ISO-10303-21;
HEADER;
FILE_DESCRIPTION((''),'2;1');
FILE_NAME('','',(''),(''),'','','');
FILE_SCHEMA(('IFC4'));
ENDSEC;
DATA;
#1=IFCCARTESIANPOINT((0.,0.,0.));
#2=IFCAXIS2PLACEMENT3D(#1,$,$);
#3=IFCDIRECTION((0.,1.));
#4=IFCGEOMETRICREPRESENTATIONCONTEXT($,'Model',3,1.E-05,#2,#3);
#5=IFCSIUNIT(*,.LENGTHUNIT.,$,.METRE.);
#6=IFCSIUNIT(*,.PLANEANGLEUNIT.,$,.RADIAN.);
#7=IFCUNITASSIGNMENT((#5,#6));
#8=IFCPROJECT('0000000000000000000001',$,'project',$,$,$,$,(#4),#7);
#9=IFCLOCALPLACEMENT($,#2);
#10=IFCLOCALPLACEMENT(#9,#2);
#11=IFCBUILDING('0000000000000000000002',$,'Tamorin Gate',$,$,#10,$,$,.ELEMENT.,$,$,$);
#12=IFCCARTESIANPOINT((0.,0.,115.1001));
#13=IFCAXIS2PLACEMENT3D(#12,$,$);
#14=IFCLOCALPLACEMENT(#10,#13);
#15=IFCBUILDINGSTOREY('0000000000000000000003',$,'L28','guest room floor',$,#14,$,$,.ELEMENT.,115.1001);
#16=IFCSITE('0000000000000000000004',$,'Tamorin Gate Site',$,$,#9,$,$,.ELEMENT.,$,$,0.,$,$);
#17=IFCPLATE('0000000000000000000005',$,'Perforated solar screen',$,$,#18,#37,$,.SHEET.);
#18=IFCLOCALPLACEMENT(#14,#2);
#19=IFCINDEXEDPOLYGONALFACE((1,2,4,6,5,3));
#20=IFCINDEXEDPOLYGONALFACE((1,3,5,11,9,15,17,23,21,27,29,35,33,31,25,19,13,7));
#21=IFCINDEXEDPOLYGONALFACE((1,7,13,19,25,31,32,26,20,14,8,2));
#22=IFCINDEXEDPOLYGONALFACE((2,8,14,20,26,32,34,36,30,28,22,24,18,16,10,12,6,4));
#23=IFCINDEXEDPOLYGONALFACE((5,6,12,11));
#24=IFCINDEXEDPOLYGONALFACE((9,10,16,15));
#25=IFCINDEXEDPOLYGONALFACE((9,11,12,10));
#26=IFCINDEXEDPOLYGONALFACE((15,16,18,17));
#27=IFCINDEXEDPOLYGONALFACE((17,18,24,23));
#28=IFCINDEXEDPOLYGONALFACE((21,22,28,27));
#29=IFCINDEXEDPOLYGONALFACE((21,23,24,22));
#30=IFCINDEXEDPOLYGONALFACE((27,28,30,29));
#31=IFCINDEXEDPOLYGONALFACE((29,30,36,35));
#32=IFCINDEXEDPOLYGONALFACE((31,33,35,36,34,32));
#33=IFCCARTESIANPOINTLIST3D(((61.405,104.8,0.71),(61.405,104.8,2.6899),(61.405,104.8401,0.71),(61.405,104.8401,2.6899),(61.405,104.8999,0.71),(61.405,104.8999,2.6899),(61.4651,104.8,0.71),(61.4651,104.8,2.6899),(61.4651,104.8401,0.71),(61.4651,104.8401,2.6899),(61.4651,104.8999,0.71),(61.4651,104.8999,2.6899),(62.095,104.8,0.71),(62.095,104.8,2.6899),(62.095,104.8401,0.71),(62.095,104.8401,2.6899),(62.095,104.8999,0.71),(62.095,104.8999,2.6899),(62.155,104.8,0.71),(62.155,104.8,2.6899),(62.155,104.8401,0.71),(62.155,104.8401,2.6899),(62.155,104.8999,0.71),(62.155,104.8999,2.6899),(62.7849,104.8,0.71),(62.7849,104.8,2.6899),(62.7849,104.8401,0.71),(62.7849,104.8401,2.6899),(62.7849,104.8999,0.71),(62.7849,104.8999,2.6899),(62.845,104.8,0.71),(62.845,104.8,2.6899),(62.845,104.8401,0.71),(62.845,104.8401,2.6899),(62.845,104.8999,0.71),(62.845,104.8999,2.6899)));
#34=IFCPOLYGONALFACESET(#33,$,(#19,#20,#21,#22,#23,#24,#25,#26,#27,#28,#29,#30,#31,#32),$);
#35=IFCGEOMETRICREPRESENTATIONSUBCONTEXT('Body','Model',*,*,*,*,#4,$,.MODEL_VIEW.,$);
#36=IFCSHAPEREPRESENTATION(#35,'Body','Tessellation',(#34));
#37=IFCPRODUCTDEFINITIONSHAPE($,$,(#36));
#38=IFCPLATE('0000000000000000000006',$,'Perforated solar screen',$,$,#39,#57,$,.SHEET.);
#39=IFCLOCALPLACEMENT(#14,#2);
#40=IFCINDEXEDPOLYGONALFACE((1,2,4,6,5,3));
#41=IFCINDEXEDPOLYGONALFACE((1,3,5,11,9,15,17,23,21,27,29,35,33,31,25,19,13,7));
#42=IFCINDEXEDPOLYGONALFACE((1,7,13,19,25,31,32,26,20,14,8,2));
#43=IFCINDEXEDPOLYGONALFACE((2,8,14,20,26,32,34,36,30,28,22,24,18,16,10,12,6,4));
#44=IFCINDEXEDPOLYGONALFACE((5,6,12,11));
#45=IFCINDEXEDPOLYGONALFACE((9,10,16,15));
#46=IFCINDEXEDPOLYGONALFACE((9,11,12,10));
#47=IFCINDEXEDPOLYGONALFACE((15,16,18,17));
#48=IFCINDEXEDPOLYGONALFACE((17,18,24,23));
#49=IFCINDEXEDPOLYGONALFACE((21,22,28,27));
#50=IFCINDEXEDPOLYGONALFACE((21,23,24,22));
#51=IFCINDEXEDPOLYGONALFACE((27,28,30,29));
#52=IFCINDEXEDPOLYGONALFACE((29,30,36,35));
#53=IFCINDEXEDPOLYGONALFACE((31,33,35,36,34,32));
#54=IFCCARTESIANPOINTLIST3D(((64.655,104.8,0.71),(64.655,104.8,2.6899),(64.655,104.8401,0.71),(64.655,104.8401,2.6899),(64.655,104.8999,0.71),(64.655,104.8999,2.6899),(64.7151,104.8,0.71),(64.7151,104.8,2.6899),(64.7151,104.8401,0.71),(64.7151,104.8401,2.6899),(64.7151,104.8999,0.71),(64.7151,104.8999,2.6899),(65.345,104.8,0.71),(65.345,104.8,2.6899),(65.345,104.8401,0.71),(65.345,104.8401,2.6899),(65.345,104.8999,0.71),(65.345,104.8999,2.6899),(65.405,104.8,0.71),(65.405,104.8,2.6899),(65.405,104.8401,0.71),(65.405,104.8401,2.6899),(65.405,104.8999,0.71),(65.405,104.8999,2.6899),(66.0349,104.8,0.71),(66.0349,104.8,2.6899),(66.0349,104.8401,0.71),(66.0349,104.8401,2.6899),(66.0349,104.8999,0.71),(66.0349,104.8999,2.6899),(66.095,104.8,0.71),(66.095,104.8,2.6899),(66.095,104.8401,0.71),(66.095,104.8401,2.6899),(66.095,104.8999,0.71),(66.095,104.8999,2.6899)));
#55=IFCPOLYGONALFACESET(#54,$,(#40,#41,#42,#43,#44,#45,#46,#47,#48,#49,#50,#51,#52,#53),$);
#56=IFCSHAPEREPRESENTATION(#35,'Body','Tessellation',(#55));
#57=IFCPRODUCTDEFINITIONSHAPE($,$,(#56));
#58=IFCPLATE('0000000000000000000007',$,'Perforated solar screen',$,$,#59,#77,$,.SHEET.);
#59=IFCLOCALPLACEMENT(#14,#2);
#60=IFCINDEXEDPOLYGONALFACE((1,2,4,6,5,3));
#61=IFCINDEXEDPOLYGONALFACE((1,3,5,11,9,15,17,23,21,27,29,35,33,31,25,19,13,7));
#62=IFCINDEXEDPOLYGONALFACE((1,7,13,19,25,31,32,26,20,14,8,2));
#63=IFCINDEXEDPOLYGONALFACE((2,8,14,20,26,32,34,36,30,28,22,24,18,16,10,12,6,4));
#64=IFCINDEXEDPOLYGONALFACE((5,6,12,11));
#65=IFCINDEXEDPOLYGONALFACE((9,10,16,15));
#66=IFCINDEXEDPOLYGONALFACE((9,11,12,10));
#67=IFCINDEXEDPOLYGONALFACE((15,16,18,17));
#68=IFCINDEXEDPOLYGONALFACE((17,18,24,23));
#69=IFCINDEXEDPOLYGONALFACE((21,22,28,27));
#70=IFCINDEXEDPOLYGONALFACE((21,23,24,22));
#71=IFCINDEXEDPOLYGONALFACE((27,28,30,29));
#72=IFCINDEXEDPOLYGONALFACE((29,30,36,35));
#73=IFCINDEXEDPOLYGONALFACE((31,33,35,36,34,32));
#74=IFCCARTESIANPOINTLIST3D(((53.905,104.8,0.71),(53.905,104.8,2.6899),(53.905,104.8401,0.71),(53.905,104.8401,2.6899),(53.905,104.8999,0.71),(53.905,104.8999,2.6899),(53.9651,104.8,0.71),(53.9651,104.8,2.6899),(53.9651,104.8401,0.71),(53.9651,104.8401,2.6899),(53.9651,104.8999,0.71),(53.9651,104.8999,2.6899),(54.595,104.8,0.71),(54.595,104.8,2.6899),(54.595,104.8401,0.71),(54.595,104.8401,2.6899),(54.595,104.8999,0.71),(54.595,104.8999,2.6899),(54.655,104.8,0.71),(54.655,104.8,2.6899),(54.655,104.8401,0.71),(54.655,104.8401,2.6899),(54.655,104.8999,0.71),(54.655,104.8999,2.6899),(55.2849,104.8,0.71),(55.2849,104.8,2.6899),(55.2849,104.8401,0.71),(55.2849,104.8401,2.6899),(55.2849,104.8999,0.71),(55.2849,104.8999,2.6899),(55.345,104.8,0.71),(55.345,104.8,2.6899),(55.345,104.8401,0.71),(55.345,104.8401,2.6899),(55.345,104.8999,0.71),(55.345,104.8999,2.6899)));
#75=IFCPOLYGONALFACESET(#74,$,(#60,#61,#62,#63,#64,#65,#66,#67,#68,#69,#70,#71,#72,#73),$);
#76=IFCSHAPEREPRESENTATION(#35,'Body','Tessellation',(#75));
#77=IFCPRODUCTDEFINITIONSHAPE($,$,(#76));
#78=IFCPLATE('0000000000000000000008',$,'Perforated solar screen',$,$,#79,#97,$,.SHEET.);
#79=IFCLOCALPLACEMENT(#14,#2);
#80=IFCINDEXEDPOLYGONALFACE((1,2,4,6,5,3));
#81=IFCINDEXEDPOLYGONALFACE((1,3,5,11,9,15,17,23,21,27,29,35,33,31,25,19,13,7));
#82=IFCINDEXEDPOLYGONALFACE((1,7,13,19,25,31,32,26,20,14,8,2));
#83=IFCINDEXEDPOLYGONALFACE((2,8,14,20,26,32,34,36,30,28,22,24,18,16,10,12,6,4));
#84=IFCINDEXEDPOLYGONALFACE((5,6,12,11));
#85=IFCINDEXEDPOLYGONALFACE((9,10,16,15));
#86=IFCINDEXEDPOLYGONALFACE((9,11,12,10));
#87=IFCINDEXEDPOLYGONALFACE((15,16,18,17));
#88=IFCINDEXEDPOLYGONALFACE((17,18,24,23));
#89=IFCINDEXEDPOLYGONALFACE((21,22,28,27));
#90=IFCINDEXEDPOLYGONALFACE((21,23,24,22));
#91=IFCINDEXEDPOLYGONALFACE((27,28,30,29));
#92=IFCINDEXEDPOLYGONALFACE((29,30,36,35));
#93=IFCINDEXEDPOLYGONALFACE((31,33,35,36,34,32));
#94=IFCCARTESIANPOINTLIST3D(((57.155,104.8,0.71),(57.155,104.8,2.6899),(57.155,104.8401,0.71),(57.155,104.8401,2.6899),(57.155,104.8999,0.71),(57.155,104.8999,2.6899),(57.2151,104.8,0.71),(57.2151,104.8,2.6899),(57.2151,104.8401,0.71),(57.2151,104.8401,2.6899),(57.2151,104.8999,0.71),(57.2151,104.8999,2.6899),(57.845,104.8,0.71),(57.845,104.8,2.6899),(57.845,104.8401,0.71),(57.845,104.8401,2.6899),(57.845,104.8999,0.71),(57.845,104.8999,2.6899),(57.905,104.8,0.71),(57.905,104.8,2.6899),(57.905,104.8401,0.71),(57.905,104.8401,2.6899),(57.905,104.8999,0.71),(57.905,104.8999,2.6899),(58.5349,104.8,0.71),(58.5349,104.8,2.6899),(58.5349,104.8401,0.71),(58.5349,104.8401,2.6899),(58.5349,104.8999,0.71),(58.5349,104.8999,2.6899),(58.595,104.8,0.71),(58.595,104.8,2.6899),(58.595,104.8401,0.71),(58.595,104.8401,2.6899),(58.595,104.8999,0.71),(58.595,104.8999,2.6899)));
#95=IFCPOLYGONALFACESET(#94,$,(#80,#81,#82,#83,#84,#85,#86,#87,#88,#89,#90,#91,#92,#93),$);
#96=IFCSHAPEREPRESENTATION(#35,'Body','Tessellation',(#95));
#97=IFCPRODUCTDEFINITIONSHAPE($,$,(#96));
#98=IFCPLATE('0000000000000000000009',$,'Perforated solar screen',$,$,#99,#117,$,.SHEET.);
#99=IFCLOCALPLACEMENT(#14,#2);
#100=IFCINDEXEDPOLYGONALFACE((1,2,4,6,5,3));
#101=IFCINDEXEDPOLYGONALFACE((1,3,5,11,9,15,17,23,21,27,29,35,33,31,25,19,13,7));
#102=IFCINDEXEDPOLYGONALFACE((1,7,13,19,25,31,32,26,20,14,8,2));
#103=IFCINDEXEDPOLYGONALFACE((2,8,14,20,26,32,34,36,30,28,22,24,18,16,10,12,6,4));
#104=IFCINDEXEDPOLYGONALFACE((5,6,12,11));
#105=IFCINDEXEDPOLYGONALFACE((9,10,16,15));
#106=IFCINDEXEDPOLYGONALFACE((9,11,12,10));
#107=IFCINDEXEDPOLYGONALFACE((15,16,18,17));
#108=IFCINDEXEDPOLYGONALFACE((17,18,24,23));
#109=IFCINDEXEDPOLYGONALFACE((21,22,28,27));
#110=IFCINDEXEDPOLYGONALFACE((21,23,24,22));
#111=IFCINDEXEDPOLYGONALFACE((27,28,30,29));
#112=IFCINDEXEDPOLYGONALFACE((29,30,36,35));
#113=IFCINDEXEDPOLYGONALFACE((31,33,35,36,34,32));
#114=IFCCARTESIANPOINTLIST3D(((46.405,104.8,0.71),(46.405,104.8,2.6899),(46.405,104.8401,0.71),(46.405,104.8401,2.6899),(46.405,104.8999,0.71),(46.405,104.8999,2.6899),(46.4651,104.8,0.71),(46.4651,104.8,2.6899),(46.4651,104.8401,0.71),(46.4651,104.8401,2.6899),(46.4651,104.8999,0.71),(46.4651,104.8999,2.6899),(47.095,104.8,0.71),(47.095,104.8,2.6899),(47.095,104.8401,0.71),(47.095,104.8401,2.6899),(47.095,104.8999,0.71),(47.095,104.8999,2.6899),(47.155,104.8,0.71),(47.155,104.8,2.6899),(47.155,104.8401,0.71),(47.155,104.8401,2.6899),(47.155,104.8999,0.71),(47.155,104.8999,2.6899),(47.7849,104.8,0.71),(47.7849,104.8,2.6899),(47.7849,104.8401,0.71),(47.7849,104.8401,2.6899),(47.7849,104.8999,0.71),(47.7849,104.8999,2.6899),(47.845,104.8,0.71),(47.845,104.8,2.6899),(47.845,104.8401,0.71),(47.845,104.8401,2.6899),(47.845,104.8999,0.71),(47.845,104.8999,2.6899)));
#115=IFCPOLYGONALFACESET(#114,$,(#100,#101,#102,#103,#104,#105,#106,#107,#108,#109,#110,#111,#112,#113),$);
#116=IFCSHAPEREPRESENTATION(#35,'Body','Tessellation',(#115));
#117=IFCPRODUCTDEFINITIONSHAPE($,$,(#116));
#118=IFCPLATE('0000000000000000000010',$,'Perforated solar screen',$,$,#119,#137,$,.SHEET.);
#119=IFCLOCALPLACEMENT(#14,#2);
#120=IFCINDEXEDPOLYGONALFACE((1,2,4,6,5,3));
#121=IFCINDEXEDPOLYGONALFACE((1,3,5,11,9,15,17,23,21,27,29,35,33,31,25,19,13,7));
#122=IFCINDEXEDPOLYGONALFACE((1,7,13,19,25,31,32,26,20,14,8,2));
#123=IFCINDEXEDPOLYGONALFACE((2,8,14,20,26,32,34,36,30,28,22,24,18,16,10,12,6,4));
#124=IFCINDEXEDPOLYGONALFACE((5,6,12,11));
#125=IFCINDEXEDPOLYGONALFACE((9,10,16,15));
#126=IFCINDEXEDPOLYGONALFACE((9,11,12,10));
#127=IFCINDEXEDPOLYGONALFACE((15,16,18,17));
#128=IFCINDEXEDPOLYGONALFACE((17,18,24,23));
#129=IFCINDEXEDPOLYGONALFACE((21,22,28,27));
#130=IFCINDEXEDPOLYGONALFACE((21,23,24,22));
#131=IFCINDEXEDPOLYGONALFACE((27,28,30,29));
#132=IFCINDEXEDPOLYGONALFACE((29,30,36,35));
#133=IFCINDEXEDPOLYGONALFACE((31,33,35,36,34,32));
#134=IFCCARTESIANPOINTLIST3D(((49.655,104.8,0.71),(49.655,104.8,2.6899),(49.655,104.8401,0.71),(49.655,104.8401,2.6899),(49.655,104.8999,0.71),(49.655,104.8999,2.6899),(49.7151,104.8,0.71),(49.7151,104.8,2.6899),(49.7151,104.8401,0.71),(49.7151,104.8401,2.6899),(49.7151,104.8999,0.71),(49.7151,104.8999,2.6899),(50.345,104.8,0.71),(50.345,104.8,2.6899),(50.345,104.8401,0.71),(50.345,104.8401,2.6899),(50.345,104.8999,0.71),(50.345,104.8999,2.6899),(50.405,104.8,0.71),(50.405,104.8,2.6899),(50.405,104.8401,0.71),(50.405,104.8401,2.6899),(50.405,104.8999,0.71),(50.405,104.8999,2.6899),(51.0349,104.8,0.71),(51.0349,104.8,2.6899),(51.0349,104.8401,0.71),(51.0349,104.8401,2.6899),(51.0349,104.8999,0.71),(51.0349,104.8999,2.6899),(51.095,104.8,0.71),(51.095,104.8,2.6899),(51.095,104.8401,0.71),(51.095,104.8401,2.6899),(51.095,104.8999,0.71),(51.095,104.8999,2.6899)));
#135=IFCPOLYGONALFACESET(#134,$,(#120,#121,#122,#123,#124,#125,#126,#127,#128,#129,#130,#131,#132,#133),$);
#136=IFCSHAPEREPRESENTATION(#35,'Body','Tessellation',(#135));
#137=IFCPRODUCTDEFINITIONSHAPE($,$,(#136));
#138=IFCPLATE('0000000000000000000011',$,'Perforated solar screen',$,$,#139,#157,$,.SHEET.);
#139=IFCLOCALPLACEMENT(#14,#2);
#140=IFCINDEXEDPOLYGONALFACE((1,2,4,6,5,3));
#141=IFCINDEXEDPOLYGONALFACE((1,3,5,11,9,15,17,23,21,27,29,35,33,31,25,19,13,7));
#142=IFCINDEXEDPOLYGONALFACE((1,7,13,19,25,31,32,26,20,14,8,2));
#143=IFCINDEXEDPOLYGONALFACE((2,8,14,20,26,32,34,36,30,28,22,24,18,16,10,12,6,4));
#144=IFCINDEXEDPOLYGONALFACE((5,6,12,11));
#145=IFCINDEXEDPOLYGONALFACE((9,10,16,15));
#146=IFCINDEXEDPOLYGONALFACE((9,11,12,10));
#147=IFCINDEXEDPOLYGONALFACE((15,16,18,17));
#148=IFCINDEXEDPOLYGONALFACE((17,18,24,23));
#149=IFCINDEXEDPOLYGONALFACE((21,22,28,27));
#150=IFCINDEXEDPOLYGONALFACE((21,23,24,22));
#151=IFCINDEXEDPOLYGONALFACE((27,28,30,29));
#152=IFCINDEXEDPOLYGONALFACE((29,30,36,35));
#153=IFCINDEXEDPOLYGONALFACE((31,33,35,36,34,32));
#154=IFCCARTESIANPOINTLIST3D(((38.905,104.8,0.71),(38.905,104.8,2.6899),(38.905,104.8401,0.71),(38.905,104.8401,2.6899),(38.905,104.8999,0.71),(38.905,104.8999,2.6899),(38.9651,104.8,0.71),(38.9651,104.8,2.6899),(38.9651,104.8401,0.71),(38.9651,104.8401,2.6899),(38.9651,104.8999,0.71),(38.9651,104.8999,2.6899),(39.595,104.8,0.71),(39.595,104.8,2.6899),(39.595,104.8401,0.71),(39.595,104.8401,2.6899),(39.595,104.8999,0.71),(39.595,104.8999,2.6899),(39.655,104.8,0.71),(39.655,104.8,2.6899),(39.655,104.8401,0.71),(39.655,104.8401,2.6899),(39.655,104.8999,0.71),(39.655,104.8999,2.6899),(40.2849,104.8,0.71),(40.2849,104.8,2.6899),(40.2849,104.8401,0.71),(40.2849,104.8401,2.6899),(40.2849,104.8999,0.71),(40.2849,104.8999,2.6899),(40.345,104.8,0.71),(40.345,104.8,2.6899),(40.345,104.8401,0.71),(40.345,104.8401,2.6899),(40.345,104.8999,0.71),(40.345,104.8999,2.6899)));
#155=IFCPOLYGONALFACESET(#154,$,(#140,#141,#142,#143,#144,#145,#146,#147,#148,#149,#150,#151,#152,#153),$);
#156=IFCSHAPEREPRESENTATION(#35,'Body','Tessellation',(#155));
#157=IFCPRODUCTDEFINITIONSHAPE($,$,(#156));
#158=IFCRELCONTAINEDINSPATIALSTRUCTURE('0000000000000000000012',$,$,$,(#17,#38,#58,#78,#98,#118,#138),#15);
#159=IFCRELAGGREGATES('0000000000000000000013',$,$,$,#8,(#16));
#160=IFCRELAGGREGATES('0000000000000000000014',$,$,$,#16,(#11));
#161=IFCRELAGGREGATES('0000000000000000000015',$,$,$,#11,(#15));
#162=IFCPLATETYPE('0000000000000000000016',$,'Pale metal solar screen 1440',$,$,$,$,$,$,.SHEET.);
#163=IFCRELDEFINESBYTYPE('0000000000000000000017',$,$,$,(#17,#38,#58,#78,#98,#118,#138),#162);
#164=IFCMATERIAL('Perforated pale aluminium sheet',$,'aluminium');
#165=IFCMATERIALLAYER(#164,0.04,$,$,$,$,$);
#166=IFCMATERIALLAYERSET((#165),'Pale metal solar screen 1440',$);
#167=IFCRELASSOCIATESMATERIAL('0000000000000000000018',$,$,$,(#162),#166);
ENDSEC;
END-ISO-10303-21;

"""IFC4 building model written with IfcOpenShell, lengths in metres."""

from ifc_helpers import new_model, si_unit, direction, frame, origin, place, context, subcontext, project, spatial, polyline, outline, extrude, material, layer, layer_set, type_object, element, save


model = new_model("IFC4")

# Units and contexts
model_context = context("Model", 3, precision=1e-05, world=origin(), true_north=direction((0.0, 1.0)))
body_context = subcontext(model_context, "Body", "Model", "MODEL_VIEW")
ifc_project = project(units=[si_unit("LENGTHUNIT", "METRE"), si_unit("PLANEANGLEUNIT", "RADIAN")], contexts=[model_context])

# Site, building, storey
site_placement = place(None, origin())
site = spatial("IfcSite", under=ifc_project, at=site_placement, Name="Tamorin Gate Site", CompositionType="ELEMENT", RefElevation=0.0)
building_placement = place(site_placement, origin())
building = spatial("IfcBuilding", under=site, at=building_placement, Name="Tamorin Gate", CompositionType="ELEMENT")
storey_placement = place(building_placement, frame((0.0, 0.0, 115.1001)))
storey = spatial("IfcBuildingStorey", under=building, at=storey_placement, Name="L28", Description="guest room floor", CompositionType="ELEMENT", Elevation=115.1001)

# Plates
ifc_material = material(Name="Perforated pale aluminium sheet", Category="aluminium")
ifc_layer = layer(ifc_material, 0.04)
ifc_layer_set = layer_set([ifc_layer], Name="Pale metal solar screen 1440")
plate_type = type_object("IfcPlateType", Name="Pale metal solar screen 1440", PredefinedType="SHEET", material=ifc_layer_set)
plate_1_placement = place(storey_placement, frame((0.0, 0.0, 0.71)))
element("IfcPlate", 1, at=plate_1_placement, inside=storey, type_object=plate_type, Name="Perforated solar screen", PredefinedType="SHEET", context=body_context, shape_type="SweptSolid", body=[
    extrude(outline(polyline([(62.845, 104.8401), (62.845, 104.8), (62.7849, 104.8), (62.155, 104.8), (62.095, 104.8), (61.4651, 104.8), (61.405, 104.8), (61.405, 104.8401), (61.405, 104.8999), (61.4651, 104.8999), (61.4651, 104.8401), (62.095, 104.8401), (62.095, 104.8999), (62.155, 104.8999), (62.155, 104.8401), (62.7849, 104.8401), (62.7849, 104.8999), (62.845, 104.8999), (62.845, 104.8401)])), origin(), (0.0, 0.0, 1.0), 1.98),
])
plate_2_placement = place(storey_placement, frame((0.0, 0.0, 0.71)))
element("IfcPlate", 2, at=plate_2_placement, inside=storey, type_object=plate_type, Name="Perforated solar screen", PredefinedType="SHEET", context=body_context, shape_type="SweptSolid", body=[
    extrude(outline(polyline([(66.095, 104.8401), (66.095, 104.8), (66.0349, 104.8), (65.405, 104.8), (65.345, 104.8), (64.7151, 104.8), (64.655, 104.8), (64.655, 104.8401), (64.655, 104.8999), (64.7151, 104.8999), (64.7151, 104.8401), (65.345, 104.8401), (65.345, 104.8999), (65.405, 104.8999), (65.405, 104.8401), (66.0349, 104.8401), (66.0349, 104.8999), (66.095, 104.8999), (66.095, 104.8401)])), origin(), (0.0, 0.0, 1.0), 1.98),
])
plate_3_placement = place(storey_placement, frame((0.0, 0.0, 0.71)))
element("IfcPlate", 3, at=plate_3_placement, inside=storey, type_object=plate_type, Name="Perforated solar screen", PredefinedType="SHEET", context=body_context, shape_type="SweptSolid", body=[
    extrude(outline(polyline([(55.345, 104.8401), (55.345, 104.8), (55.2849, 104.8), (54.655, 104.8), (54.595, 104.8), (53.9651, 104.8), (53.905, 104.8), (53.905, 104.8401), (53.905, 104.8999), (53.9651, 104.8999), (53.9651, 104.8401), (54.595, 104.8401), (54.595, 104.8999), (54.655, 104.8999), (54.655, 104.8401), (55.2849, 104.8401), (55.2849, 104.8999), (55.345, 104.8999), (55.345, 104.8401)])), origin(), (0.0, 0.0, 1.0), 1.98),
])
plate_4_placement = place(storey_placement, frame((0.0, 0.0, 0.71)))
element("IfcPlate", 4, at=plate_4_placement, inside=storey, type_object=plate_type, Name="Perforated solar screen", PredefinedType="SHEET", context=body_context, shape_type="SweptSolid", body=[
    extrude(outline(polyline([(58.595, 104.8401), (58.595, 104.8), (58.5349, 104.8), (57.905, 104.8), (57.845, 104.8), (57.2151, 104.8), (57.155, 104.8), (57.155, 104.8401), (57.155, 104.8999), (57.2151, 104.8999), (57.2151, 104.8401), (57.845, 104.8401), (57.845, 104.8999), (57.905, 104.8999), (57.905, 104.8401), (58.5349, 104.8401), (58.5349, 104.8999), (58.595, 104.8999), (58.595, 104.8401)])), origin(), (0.0, 0.0, 1.0), 1.98),
])
plate_5_placement = place(storey_placement, frame((0.0, 0.0, 0.71)))
element("IfcPlate", 5, at=plate_5_placement, inside=storey, type_object=plate_type, Name="Perforated solar screen", PredefinedType="SHEET", context=body_context, shape_type="SweptSolid", body=[
    extrude(outline(polyline([(47.845, 104.8401), (47.845, 104.8), (47.7849, 104.8), (47.155, 104.8), (47.095, 104.8), (46.4651, 104.8), (46.405, 104.8), (46.405, 104.8401), (46.405, 104.8999), (46.4651, 104.8999), (46.4651, 104.8401), (47.095, 104.8401), (47.095, 104.8999), (47.155, 104.8999), (47.155, 104.8401), (47.7849, 104.8401), (47.7849, 104.8999), (47.845, 104.8999), (47.845, 104.8401)])), origin(), (0.0, 0.0, 1.0), 1.98),
])
plate_6_placement = place(storey_placement, frame((0.0, 0.0, 0.71)))
element("IfcPlate", 6, at=plate_6_placement, inside=storey, type_object=plate_type, Name="Perforated solar screen", PredefinedType="SHEET", context=body_context, shape_type="SweptSolid", body=[
    extrude(outline(polyline([(51.095, 104.8401), (51.095, 104.8), (51.0349, 104.8), (50.405, 104.8), (50.345, 104.8), (49.7151, 104.8), (49.655, 104.8), (49.655, 104.8401), (49.655, 104.8999), (49.7151, 104.8999), (49.7151, 104.8401), (50.345, 104.8401), (50.345, 104.8999), (50.405, 104.8999), (50.405, 104.8401), (51.0349, 104.8401), (51.0349, 104.8999), (51.095, 104.8999), (51.095, 104.8401)])), origin(), (0.0, 0.0, 1.0), 1.98),
])
plate_7_placement = place(storey_placement, frame((0.0, 0.0, 0.71)))
element("IfcPlate", 7, at=plate_7_placement, inside=storey, type_object=plate_type, Name="Perforated solar screen", PredefinedType="SHEET", context=body_context, shape_type="SweptSolid", body=[
    extrude(outline(polyline([(40.345, 104.8401), (40.345, 104.8), (40.2849, 104.8), (39.655, 104.8), (39.595, 104.8), (38.9651, 104.8), (38.905, 104.8), (38.905, 104.8401), (38.905, 104.8999), (38.9651, 104.8999), (38.9651, 104.8401), (39.595, 104.8401), (39.595, 104.8999), (39.655, 104.8999), (39.655, 104.8401), (40.2849, 104.8401), (40.2849, 104.8999), (40.345, 104.8999), (40.345, 104.8401)])), origin(), (0.0, 0.0, 1.0), 1.98),
])

save(model, "model.ifc")
